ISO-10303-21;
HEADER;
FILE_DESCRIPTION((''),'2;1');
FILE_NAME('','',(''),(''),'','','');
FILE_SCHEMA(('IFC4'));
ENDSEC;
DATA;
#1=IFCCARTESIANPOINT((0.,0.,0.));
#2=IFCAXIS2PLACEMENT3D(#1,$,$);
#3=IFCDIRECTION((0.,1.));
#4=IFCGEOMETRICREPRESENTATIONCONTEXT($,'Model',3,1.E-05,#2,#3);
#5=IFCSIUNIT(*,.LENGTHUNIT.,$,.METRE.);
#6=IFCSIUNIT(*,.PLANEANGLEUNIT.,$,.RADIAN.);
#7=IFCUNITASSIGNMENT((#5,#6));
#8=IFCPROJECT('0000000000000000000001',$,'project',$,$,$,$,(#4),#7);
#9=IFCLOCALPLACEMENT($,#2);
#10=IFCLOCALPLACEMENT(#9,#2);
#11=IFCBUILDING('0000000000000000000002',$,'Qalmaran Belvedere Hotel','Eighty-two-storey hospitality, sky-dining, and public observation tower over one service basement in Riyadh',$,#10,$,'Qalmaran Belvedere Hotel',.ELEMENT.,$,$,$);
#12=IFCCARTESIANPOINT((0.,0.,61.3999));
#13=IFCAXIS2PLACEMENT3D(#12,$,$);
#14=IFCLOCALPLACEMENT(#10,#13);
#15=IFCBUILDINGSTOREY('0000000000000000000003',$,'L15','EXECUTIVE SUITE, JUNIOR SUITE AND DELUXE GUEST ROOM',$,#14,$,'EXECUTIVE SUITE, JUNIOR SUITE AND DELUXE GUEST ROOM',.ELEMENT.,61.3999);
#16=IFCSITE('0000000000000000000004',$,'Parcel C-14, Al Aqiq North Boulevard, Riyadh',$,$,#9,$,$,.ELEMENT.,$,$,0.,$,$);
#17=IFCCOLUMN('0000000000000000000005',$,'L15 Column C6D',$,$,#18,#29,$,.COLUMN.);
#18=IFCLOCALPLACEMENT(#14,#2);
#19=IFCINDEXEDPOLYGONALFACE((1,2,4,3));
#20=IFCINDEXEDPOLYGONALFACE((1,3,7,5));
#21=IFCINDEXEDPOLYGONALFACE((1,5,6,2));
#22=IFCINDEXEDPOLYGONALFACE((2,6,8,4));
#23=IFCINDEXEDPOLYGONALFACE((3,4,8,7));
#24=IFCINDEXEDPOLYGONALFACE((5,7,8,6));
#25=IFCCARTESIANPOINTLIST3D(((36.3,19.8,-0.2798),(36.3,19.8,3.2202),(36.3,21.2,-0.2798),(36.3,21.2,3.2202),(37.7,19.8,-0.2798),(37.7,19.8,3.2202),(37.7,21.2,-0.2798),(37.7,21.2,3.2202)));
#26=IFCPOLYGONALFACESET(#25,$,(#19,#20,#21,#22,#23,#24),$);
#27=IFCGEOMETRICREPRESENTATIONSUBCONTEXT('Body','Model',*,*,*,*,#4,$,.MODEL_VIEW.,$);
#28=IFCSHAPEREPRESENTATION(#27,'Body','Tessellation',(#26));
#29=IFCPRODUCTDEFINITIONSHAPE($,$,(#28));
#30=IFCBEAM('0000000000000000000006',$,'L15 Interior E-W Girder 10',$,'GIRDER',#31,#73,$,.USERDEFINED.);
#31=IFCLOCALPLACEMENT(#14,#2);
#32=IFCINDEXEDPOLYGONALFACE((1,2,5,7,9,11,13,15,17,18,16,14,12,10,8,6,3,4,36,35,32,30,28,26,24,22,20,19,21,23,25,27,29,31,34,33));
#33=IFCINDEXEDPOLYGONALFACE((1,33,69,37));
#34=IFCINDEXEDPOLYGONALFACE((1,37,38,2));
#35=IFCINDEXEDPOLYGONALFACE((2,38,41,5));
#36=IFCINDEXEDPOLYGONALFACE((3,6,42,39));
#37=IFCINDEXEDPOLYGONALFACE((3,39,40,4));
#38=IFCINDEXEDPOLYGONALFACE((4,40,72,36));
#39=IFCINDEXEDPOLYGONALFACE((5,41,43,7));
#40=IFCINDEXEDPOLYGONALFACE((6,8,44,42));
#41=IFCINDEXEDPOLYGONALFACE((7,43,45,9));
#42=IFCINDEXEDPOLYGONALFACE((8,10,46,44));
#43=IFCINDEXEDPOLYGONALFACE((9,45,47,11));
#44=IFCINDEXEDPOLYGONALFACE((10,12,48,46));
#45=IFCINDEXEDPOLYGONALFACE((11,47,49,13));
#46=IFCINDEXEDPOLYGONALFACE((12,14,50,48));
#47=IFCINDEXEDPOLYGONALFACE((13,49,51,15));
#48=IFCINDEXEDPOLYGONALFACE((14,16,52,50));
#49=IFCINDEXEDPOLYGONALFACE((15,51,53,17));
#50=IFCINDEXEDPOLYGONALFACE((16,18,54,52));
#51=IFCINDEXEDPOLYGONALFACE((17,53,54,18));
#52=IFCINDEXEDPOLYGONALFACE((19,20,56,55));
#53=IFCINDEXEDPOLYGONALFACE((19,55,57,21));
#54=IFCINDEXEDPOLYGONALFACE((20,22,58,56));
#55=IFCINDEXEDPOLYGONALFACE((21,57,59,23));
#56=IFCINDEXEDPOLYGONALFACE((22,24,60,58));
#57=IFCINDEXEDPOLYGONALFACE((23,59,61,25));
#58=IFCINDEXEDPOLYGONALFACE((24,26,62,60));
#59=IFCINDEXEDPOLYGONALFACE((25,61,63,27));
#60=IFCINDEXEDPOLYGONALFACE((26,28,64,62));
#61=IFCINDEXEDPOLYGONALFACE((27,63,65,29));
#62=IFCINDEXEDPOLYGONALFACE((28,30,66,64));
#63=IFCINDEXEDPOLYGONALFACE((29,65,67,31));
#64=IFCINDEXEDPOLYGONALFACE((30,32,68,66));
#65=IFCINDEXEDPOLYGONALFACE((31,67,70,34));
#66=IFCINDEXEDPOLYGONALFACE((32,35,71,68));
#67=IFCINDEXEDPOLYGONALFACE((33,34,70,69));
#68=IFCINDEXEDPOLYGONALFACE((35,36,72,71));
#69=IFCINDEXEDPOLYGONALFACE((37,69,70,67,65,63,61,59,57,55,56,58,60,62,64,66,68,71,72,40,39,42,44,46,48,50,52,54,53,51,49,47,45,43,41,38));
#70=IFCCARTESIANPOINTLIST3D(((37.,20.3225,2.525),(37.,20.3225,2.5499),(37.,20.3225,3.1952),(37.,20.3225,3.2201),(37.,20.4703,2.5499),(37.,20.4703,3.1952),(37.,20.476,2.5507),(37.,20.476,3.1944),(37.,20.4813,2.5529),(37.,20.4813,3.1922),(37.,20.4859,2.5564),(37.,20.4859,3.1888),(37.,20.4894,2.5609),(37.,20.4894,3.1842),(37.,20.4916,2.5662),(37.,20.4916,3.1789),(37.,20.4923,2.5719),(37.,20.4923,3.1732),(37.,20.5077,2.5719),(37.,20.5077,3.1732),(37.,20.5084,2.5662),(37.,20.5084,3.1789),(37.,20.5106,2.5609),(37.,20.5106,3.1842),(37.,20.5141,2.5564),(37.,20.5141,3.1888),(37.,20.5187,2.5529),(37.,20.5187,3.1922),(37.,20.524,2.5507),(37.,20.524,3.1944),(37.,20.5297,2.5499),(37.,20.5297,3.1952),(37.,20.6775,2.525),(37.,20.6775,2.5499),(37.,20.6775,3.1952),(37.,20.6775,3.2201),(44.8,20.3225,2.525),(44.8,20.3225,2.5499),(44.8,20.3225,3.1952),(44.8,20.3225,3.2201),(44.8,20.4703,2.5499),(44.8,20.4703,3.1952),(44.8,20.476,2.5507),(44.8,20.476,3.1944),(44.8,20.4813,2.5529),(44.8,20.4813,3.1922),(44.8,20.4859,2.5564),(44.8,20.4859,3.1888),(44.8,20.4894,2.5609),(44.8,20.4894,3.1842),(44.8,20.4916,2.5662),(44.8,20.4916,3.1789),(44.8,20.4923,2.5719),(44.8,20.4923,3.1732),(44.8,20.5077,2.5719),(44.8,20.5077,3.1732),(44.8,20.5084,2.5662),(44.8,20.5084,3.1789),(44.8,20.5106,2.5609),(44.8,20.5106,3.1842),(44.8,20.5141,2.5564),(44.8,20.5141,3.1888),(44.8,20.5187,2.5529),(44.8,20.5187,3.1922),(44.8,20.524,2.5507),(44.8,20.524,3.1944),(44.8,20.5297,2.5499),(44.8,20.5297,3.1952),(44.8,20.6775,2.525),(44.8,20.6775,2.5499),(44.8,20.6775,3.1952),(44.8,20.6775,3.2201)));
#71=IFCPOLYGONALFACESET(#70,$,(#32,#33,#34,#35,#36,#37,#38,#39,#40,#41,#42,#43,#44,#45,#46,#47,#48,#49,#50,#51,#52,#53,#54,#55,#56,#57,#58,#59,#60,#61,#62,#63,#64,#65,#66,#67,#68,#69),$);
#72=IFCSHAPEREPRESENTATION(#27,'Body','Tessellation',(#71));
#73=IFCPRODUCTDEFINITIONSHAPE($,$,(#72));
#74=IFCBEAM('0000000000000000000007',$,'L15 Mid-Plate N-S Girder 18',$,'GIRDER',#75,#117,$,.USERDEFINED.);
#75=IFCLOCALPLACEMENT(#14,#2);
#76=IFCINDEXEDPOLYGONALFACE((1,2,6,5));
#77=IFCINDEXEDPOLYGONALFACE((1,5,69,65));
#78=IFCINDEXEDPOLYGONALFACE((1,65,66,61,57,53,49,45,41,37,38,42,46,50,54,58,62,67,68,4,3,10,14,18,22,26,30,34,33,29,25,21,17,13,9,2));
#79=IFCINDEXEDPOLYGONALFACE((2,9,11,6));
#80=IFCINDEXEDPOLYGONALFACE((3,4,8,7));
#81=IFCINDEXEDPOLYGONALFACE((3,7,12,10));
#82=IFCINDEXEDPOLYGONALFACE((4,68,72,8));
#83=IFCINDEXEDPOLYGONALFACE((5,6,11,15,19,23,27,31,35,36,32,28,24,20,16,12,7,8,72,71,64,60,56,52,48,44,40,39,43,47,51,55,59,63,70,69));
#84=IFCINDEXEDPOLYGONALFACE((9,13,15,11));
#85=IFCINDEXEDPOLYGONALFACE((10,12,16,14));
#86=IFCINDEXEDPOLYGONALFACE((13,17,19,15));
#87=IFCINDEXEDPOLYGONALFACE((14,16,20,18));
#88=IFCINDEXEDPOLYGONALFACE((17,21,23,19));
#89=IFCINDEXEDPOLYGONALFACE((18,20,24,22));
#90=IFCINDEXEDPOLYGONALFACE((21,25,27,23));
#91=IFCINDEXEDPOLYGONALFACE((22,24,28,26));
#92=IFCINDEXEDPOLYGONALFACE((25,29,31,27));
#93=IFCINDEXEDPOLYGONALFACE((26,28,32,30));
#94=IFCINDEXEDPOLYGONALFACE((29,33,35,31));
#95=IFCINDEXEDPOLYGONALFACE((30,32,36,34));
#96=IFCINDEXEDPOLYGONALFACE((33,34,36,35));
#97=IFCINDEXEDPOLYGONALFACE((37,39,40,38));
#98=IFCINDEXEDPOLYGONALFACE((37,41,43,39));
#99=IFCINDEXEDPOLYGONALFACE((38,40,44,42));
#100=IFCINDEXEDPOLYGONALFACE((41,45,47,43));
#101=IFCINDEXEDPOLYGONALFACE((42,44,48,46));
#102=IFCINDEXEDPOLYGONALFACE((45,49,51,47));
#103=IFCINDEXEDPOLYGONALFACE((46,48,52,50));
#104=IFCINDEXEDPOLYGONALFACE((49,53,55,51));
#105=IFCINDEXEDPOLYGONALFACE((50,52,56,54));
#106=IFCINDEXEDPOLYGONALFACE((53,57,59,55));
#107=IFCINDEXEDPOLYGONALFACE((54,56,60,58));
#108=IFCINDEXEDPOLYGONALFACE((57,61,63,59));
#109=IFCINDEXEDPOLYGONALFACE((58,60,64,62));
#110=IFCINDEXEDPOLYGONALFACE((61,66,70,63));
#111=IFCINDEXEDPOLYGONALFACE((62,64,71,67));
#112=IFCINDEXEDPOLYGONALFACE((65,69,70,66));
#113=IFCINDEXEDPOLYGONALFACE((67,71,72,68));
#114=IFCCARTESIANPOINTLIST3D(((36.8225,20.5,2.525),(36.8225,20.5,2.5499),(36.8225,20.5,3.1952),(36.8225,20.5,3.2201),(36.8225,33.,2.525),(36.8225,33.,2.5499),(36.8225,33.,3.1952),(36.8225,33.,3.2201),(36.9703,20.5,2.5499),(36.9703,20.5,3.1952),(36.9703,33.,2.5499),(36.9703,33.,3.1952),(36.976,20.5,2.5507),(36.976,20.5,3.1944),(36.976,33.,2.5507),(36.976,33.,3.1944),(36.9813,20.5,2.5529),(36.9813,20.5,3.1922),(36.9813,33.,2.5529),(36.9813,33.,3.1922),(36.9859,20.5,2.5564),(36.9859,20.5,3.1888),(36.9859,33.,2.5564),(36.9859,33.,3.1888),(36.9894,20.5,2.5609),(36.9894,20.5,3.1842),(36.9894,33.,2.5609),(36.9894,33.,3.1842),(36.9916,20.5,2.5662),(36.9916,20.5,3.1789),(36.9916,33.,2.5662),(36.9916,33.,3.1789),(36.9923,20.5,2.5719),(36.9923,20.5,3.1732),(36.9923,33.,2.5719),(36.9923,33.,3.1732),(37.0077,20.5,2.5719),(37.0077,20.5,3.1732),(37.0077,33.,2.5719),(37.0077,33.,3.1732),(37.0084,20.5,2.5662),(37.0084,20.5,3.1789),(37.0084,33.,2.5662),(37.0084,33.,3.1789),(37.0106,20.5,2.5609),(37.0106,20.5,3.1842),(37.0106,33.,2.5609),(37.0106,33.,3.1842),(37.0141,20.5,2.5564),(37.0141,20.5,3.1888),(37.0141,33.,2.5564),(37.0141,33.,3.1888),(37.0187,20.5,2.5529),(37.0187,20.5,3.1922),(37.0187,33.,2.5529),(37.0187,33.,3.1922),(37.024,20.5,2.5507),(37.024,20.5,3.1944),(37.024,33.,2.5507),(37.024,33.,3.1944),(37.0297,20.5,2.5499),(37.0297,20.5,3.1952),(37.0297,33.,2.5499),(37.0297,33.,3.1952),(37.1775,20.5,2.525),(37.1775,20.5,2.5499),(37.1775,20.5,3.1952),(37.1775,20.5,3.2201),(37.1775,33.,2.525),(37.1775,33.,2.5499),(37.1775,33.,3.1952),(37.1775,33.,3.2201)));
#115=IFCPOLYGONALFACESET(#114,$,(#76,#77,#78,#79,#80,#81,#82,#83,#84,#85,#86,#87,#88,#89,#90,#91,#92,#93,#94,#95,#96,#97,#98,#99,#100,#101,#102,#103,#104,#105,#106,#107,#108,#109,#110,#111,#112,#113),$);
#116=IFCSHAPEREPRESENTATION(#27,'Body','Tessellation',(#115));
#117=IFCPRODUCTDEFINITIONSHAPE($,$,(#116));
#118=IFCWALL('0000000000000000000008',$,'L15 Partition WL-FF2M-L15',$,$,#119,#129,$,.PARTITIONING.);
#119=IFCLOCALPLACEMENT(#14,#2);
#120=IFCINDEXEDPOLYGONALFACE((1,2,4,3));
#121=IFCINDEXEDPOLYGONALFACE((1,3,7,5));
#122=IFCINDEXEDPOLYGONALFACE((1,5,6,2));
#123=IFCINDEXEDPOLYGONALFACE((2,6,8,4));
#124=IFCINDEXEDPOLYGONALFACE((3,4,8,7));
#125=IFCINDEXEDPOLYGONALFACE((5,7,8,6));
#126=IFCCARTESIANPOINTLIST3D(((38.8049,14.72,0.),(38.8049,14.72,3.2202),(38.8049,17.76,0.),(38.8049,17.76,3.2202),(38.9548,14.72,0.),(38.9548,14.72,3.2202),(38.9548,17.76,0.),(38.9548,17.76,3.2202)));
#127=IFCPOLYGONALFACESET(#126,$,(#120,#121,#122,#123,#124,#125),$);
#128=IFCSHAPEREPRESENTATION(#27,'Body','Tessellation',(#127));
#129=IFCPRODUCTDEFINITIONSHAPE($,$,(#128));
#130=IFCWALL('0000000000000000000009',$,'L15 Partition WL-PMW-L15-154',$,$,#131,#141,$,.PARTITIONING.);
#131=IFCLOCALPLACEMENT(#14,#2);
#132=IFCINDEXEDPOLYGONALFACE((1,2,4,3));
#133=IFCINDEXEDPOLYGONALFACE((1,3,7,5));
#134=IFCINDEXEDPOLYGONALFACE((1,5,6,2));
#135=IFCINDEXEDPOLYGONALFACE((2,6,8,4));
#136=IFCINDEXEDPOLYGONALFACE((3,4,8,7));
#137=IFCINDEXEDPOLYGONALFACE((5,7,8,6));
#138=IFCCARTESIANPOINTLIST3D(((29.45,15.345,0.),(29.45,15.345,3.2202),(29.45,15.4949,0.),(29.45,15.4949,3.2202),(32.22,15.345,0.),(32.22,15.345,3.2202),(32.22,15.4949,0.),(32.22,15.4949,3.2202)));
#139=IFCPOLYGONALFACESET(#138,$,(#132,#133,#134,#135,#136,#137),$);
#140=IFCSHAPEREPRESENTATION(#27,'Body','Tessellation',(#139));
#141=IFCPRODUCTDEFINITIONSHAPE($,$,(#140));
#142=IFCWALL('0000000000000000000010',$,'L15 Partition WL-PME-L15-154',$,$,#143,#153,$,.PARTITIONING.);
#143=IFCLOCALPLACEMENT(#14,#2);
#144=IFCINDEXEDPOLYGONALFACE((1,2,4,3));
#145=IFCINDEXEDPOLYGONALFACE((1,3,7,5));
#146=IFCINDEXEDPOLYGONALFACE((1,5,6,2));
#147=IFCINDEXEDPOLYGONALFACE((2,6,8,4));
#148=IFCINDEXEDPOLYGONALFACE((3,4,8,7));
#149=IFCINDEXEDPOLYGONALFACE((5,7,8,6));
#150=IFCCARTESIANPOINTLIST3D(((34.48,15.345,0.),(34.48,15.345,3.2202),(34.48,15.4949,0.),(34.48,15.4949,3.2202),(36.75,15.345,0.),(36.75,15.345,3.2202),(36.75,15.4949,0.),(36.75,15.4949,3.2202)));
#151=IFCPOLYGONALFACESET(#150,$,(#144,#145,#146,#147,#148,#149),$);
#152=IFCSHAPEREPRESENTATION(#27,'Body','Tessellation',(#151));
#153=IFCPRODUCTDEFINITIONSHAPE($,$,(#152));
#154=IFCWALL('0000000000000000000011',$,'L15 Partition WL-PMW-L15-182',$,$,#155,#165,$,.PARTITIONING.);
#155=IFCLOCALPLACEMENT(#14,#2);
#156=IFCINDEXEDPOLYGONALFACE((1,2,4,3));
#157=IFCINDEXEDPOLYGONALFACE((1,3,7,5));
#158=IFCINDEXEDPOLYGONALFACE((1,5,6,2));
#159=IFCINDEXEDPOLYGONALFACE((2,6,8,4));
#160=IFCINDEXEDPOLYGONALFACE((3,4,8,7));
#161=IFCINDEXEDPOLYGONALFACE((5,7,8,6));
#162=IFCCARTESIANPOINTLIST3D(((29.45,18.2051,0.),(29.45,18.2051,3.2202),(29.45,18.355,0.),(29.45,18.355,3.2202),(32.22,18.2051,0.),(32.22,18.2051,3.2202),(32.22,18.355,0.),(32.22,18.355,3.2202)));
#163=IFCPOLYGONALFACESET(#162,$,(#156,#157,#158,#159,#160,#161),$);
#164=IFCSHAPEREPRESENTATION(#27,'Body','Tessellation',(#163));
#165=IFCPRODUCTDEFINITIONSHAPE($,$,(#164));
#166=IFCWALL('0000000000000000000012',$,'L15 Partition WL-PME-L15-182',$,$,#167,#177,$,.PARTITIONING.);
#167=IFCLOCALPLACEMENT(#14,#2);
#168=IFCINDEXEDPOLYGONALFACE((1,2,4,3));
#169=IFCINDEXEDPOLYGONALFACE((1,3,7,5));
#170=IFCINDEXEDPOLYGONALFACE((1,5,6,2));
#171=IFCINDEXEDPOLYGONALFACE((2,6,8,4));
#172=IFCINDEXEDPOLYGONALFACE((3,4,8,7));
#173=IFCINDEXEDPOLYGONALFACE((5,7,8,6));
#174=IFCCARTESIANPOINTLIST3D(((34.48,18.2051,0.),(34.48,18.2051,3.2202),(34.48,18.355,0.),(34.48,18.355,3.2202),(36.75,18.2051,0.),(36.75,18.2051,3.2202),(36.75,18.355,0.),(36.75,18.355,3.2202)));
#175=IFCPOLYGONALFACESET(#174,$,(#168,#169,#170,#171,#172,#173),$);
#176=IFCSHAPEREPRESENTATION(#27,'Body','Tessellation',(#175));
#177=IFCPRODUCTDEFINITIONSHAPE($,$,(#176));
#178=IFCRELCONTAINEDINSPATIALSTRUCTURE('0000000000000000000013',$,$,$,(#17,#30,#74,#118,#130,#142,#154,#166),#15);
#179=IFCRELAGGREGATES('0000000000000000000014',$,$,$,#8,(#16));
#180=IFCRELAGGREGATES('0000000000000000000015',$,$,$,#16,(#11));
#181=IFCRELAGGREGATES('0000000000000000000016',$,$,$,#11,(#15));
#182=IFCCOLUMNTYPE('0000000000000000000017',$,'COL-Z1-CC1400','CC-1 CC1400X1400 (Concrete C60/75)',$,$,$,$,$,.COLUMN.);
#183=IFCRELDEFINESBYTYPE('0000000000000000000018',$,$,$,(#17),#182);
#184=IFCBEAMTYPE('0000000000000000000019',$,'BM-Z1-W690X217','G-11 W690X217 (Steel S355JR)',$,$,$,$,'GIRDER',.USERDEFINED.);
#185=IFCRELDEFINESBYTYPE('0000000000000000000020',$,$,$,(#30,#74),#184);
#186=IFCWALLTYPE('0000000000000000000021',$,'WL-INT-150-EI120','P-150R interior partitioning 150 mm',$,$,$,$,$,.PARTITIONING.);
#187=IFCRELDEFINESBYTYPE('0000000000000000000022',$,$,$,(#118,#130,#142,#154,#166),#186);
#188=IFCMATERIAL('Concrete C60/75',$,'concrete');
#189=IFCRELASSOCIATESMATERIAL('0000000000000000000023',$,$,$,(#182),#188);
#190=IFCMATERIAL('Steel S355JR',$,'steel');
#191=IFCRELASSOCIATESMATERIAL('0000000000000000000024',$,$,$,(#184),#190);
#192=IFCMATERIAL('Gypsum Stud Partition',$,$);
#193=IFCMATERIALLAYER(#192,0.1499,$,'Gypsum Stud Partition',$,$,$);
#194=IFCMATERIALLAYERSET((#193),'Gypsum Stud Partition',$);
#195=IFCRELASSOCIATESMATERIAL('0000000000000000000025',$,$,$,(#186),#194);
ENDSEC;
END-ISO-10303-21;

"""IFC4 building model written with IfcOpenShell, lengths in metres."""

from ifc_helpers import new_model, si_unit, direction, frame, frame_2d, origin, origin_2d, place, context, subcontext, project, spatial, rectangle, i_section, extrude, material, layer, layer_set, material_profile, profile_set, type_object, element, save


model = new_model("IFC4")

# Units and contexts
model_context = context("Model", 3, precision=1e-05, world=origin(), true_north=direction((0.0, 1.0)))
body_context = subcontext(model_context, "Body", "Model", "MODEL_VIEW")
ifc_project = project(units=[si_unit("LENGTHUNIT", "METRE"), si_unit("PLANEANGLEUNIT", "RADIAN")], contexts=[model_context])

# Site, building, storey
site_placement = place(None, origin())
site = spatial("IfcSite", under=ifc_project, at=site_placement, Name="Parcel C-14, Al Aqiq North Boulevard, Riyadh", CompositionType="ELEMENT", RefElevation=0.0)
building_placement = place(site_placement, origin())
building = spatial("IfcBuilding", under=site, at=building_placement, Name="Qalmaran Belvedere Hotel", Description="Eighty-two-storey hospitality, sky-dining, and public observation tower over one service basement in Riyadh", LongName="Qalmaran Belvedere Hotel", CompositionType="ELEMENT")
storey_placement = place(building_placement, frame((0.0, 0.0, 61.3999)))
storey = spatial("IfcBuildingStorey", under=building, at=storey_placement, Name="L15", Description="EXECUTIVE SUITE, JUNIOR SUITE AND DELUXE GUEST ROOM", LongName="EXECUTIVE SUITE, JUNIOR SUITE AND DELUXE GUEST ROOM", CompositionType="ELEMENT", Elevation=61.3999)

# Column
ifc_material_1 = material(Name="Concrete C60/75", Category="concrete")
ifc_material_profile_1 = material_profile(ifc_material_1, rectangle(XDim=1.3999, YDim=1.3999, at=origin_2d()), Name="CC1400X1400")
ifc_profile_set_1 = profile_set([ifc_material_profile_1], Name="Concrete C60/75")
column_type = type_object("IfcColumnType", Name="COL-Z1-CC1400", Description="CC-1 CC1400X1400 (Concrete C60/75)", PredefinedType="COLUMN", material=ifc_profile_set_1)
column_placement = place(storey_placement, frame((37.0, 20.5, -0.2798), z_axis=(0.0, 0.0, 1.0), x_axis=(1.0, 0.0, 0.0)))
element("IfcColumn", 1, at=column_placement, inside=storey, type_object=column_type, Name="L15 Column C6D", PredefinedType="COLUMN", context=body_context, shape_type="SweptSolid", body=[
    extrude(rectangle(XDim=1.3999, YDim=1.3999, at=origin_2d()), origin(), (0.0, 0.0, 1.0), 3.5),
])

# Beams
ifc_material_2 = material(Name="Steel S355JR", Category="steel")
ifc_material_profile_2 = material_profile(ifc_material_2, i_section(OverallWidth=0.355, OverallDepth=0.6951, WebThickness=0.0154, FlangeThickness=0.0249, FilletRadius=0.022, at=origin_2d()), Name="W690X217")
ifc_profile_set_2 = profile_set([ifc_material_profile_2], Name="Steel S355JR")
beam_type = type_object("IfcBeamType", Name="BM-Z1-W690X217", Description="G-11 W690X217 (Steel S355JR)", ElementType="GIRDER", PredefinedType="USERDEFINED", material=ifc_profile_set_2)
beam_1_placement = place(storey_placement, frame((37.0, 20.5, 2.8726), z_axis=(1.0, 0.0, 0.0), x_axis=(0.0, 1.0, 0.0)))
element("IfcBeam", 2, at=beam_1_placement, inside=storey, type_object=beam_type, Name="L15 Interior E-W Girder 10", ObjectType="GIRDER", PredefinedType="USERDEFINED", context=body_context, shape_type="SweptSolid", body=[
    extrude(i_section(OverallWidth=0.355, OverallDepth=0.6951, WebThickness=0.0154, FlangeThickness=0.0249, FilletRadius=0.022, at=origin_2d()), origin(), (0.0, 0.0, 1.0), 7.8),
])
beam_2_placement = place(storey_placement, frame((37.0, 20.5, 2.8726), z_axis=(0.0, 1.0, 0.0), x_axis=(-1.0, 0.0, 0.0)))
element("IfcBeam", 3, at=beam_2_placement, inside=storey, type_object=beam_type, Name="L15 Mid-Plate N-S Girder 18", ObjectType="GIRDER", PredefinedType="USERDEFINED", context=body_context, shape_type="SweptSolid", body=[
    extrude(i_section(OverallWidth=0.355, OverallDepth=0.6951, WebThickness=0.0154, FlangeThickness=0.0249, FilletRadius=0.022, at=origin_2d()), origin(), (0.0, 0.0, 1.0), 12.5),
])

# Walls
ifc_material_3 = material(Name="Gypsum Stud Partition")
ifc_layer_1 = layer(ifc_material_3, 0.1499, Name="Gypsum Stud Partition")
ifc_layer_set_1 = layer_set([ifc_layer_1], Name="Gypsum Stud Partition")
wall_type_1 = type_object("IfcWallType", Name="WL-INT-150-EI120", Description="P-150R interior partitioning 150 mm", PredefinedType="PARTITIONING", material=ifc_layer_set_1)
wall_1_placement = place(storey_placement, frame((38.8799, 14.72, 0.0), z_axis=(0.0, 0.0, 1.0), x_axis=(0.0, 1.0, 0.0)))
element("IfcWall", 4, at=wall_1_placement, inside=storey, type_object=wall_type_1, Name="L15 Partition WL-FF2M-L15", PredefinedType="PARTITIONING", context=body_context, shape_type="SweptSolid", body=[
    extrude(rectangle(XDim=3.04, YDim=0.1499, at=frame_2d((1.52, 0.0))), origin(), (0.0, 0.0, 1.0), 3.2202),
])
wall_2_placement = place(storey_placement, frame((29.45, 15.4199, 0.0), z_axis=(0.0, 0.0, 1.0), x_axis=(1.0, 0.0, 0.0)))
element("IfcWall", 5, at=wall_2_placement, inside=storey, type_object=wall_type_1, Name="L15 Partition WL-PMW-L15-154", PredefinedType="PARTITIONING", context=body_context, shape_type="SweptSolid", body=[
    extrude(rectangle(XDim=2.77, YDim=0.1499, at=frame_2d((1.385, 0.0))), origin(), (0.0, 0.0, 1.0), 3.2202),
])
wall_3_placement = place(storey_placement, frame((34.48, 15.4199, 0.0), z_axis=(0.0, 0.0, 1.0), x_axis=(1.0, 0.0, 0.0)))
element("IfcWall", 6, at=wall_3_placement, inside=storey, type_object=wall_type_1, Name="L15 Partition WL-PME-L15-154", PredefinedType="PARTITIONING", context=body_context, shape_type="SweptSolid", body=[
    extrude(rectangle(XDim=2.27, YDim=0.1499, at=frame_2d((1.135, 0.0))), origin(), (0.0, 0.0, 1.0), 3.2202),
])
wall_4_placement = place(storey_placement, frame((29.45, 18.28, 0.0), z_axis=(0.0, 0.0, 1.0), x_axis=(1.0, 0.0, 0.0)))
element("IfcWall", 7, at=wall_4_placement, inside=storey, type_object=wall_type_1, Name="L15 Partition WL-PMW-L15-182", PredefinedType="PARTITIONING", context=body_context, shape_type="SweptSolid", body=[
    extrude(rectangle(XDim=2.77, YDim=0.1499, at=frame_2d((1.385, 0.0))), origin(), (0.0, 0.0, 1.0), 3.2202),
])
wall_5_placement = place(storey_placement, frame((34.48, 18.28, 0.0), z_axis=(0.0, 0.0, 1.0), x_axis=(1.0, 0.0, 0.0)))
element("IfcWall", 8, at=wall_5_placement, inside=storey, type_object=wall_type_1, Name="L15 Partition WL-PME-L15-182", PredefinedType="PARTITIONING", context=body_context, shape_type="SweptSolid", body=[
    extrude(rectangle(XDim=2.27, YDim=0.1499, at=frame_2d((1.135, 0.0))), origin(), (0.0, 0.0, 1.0), 3.2202),
])

save(model, "model.ifc")
